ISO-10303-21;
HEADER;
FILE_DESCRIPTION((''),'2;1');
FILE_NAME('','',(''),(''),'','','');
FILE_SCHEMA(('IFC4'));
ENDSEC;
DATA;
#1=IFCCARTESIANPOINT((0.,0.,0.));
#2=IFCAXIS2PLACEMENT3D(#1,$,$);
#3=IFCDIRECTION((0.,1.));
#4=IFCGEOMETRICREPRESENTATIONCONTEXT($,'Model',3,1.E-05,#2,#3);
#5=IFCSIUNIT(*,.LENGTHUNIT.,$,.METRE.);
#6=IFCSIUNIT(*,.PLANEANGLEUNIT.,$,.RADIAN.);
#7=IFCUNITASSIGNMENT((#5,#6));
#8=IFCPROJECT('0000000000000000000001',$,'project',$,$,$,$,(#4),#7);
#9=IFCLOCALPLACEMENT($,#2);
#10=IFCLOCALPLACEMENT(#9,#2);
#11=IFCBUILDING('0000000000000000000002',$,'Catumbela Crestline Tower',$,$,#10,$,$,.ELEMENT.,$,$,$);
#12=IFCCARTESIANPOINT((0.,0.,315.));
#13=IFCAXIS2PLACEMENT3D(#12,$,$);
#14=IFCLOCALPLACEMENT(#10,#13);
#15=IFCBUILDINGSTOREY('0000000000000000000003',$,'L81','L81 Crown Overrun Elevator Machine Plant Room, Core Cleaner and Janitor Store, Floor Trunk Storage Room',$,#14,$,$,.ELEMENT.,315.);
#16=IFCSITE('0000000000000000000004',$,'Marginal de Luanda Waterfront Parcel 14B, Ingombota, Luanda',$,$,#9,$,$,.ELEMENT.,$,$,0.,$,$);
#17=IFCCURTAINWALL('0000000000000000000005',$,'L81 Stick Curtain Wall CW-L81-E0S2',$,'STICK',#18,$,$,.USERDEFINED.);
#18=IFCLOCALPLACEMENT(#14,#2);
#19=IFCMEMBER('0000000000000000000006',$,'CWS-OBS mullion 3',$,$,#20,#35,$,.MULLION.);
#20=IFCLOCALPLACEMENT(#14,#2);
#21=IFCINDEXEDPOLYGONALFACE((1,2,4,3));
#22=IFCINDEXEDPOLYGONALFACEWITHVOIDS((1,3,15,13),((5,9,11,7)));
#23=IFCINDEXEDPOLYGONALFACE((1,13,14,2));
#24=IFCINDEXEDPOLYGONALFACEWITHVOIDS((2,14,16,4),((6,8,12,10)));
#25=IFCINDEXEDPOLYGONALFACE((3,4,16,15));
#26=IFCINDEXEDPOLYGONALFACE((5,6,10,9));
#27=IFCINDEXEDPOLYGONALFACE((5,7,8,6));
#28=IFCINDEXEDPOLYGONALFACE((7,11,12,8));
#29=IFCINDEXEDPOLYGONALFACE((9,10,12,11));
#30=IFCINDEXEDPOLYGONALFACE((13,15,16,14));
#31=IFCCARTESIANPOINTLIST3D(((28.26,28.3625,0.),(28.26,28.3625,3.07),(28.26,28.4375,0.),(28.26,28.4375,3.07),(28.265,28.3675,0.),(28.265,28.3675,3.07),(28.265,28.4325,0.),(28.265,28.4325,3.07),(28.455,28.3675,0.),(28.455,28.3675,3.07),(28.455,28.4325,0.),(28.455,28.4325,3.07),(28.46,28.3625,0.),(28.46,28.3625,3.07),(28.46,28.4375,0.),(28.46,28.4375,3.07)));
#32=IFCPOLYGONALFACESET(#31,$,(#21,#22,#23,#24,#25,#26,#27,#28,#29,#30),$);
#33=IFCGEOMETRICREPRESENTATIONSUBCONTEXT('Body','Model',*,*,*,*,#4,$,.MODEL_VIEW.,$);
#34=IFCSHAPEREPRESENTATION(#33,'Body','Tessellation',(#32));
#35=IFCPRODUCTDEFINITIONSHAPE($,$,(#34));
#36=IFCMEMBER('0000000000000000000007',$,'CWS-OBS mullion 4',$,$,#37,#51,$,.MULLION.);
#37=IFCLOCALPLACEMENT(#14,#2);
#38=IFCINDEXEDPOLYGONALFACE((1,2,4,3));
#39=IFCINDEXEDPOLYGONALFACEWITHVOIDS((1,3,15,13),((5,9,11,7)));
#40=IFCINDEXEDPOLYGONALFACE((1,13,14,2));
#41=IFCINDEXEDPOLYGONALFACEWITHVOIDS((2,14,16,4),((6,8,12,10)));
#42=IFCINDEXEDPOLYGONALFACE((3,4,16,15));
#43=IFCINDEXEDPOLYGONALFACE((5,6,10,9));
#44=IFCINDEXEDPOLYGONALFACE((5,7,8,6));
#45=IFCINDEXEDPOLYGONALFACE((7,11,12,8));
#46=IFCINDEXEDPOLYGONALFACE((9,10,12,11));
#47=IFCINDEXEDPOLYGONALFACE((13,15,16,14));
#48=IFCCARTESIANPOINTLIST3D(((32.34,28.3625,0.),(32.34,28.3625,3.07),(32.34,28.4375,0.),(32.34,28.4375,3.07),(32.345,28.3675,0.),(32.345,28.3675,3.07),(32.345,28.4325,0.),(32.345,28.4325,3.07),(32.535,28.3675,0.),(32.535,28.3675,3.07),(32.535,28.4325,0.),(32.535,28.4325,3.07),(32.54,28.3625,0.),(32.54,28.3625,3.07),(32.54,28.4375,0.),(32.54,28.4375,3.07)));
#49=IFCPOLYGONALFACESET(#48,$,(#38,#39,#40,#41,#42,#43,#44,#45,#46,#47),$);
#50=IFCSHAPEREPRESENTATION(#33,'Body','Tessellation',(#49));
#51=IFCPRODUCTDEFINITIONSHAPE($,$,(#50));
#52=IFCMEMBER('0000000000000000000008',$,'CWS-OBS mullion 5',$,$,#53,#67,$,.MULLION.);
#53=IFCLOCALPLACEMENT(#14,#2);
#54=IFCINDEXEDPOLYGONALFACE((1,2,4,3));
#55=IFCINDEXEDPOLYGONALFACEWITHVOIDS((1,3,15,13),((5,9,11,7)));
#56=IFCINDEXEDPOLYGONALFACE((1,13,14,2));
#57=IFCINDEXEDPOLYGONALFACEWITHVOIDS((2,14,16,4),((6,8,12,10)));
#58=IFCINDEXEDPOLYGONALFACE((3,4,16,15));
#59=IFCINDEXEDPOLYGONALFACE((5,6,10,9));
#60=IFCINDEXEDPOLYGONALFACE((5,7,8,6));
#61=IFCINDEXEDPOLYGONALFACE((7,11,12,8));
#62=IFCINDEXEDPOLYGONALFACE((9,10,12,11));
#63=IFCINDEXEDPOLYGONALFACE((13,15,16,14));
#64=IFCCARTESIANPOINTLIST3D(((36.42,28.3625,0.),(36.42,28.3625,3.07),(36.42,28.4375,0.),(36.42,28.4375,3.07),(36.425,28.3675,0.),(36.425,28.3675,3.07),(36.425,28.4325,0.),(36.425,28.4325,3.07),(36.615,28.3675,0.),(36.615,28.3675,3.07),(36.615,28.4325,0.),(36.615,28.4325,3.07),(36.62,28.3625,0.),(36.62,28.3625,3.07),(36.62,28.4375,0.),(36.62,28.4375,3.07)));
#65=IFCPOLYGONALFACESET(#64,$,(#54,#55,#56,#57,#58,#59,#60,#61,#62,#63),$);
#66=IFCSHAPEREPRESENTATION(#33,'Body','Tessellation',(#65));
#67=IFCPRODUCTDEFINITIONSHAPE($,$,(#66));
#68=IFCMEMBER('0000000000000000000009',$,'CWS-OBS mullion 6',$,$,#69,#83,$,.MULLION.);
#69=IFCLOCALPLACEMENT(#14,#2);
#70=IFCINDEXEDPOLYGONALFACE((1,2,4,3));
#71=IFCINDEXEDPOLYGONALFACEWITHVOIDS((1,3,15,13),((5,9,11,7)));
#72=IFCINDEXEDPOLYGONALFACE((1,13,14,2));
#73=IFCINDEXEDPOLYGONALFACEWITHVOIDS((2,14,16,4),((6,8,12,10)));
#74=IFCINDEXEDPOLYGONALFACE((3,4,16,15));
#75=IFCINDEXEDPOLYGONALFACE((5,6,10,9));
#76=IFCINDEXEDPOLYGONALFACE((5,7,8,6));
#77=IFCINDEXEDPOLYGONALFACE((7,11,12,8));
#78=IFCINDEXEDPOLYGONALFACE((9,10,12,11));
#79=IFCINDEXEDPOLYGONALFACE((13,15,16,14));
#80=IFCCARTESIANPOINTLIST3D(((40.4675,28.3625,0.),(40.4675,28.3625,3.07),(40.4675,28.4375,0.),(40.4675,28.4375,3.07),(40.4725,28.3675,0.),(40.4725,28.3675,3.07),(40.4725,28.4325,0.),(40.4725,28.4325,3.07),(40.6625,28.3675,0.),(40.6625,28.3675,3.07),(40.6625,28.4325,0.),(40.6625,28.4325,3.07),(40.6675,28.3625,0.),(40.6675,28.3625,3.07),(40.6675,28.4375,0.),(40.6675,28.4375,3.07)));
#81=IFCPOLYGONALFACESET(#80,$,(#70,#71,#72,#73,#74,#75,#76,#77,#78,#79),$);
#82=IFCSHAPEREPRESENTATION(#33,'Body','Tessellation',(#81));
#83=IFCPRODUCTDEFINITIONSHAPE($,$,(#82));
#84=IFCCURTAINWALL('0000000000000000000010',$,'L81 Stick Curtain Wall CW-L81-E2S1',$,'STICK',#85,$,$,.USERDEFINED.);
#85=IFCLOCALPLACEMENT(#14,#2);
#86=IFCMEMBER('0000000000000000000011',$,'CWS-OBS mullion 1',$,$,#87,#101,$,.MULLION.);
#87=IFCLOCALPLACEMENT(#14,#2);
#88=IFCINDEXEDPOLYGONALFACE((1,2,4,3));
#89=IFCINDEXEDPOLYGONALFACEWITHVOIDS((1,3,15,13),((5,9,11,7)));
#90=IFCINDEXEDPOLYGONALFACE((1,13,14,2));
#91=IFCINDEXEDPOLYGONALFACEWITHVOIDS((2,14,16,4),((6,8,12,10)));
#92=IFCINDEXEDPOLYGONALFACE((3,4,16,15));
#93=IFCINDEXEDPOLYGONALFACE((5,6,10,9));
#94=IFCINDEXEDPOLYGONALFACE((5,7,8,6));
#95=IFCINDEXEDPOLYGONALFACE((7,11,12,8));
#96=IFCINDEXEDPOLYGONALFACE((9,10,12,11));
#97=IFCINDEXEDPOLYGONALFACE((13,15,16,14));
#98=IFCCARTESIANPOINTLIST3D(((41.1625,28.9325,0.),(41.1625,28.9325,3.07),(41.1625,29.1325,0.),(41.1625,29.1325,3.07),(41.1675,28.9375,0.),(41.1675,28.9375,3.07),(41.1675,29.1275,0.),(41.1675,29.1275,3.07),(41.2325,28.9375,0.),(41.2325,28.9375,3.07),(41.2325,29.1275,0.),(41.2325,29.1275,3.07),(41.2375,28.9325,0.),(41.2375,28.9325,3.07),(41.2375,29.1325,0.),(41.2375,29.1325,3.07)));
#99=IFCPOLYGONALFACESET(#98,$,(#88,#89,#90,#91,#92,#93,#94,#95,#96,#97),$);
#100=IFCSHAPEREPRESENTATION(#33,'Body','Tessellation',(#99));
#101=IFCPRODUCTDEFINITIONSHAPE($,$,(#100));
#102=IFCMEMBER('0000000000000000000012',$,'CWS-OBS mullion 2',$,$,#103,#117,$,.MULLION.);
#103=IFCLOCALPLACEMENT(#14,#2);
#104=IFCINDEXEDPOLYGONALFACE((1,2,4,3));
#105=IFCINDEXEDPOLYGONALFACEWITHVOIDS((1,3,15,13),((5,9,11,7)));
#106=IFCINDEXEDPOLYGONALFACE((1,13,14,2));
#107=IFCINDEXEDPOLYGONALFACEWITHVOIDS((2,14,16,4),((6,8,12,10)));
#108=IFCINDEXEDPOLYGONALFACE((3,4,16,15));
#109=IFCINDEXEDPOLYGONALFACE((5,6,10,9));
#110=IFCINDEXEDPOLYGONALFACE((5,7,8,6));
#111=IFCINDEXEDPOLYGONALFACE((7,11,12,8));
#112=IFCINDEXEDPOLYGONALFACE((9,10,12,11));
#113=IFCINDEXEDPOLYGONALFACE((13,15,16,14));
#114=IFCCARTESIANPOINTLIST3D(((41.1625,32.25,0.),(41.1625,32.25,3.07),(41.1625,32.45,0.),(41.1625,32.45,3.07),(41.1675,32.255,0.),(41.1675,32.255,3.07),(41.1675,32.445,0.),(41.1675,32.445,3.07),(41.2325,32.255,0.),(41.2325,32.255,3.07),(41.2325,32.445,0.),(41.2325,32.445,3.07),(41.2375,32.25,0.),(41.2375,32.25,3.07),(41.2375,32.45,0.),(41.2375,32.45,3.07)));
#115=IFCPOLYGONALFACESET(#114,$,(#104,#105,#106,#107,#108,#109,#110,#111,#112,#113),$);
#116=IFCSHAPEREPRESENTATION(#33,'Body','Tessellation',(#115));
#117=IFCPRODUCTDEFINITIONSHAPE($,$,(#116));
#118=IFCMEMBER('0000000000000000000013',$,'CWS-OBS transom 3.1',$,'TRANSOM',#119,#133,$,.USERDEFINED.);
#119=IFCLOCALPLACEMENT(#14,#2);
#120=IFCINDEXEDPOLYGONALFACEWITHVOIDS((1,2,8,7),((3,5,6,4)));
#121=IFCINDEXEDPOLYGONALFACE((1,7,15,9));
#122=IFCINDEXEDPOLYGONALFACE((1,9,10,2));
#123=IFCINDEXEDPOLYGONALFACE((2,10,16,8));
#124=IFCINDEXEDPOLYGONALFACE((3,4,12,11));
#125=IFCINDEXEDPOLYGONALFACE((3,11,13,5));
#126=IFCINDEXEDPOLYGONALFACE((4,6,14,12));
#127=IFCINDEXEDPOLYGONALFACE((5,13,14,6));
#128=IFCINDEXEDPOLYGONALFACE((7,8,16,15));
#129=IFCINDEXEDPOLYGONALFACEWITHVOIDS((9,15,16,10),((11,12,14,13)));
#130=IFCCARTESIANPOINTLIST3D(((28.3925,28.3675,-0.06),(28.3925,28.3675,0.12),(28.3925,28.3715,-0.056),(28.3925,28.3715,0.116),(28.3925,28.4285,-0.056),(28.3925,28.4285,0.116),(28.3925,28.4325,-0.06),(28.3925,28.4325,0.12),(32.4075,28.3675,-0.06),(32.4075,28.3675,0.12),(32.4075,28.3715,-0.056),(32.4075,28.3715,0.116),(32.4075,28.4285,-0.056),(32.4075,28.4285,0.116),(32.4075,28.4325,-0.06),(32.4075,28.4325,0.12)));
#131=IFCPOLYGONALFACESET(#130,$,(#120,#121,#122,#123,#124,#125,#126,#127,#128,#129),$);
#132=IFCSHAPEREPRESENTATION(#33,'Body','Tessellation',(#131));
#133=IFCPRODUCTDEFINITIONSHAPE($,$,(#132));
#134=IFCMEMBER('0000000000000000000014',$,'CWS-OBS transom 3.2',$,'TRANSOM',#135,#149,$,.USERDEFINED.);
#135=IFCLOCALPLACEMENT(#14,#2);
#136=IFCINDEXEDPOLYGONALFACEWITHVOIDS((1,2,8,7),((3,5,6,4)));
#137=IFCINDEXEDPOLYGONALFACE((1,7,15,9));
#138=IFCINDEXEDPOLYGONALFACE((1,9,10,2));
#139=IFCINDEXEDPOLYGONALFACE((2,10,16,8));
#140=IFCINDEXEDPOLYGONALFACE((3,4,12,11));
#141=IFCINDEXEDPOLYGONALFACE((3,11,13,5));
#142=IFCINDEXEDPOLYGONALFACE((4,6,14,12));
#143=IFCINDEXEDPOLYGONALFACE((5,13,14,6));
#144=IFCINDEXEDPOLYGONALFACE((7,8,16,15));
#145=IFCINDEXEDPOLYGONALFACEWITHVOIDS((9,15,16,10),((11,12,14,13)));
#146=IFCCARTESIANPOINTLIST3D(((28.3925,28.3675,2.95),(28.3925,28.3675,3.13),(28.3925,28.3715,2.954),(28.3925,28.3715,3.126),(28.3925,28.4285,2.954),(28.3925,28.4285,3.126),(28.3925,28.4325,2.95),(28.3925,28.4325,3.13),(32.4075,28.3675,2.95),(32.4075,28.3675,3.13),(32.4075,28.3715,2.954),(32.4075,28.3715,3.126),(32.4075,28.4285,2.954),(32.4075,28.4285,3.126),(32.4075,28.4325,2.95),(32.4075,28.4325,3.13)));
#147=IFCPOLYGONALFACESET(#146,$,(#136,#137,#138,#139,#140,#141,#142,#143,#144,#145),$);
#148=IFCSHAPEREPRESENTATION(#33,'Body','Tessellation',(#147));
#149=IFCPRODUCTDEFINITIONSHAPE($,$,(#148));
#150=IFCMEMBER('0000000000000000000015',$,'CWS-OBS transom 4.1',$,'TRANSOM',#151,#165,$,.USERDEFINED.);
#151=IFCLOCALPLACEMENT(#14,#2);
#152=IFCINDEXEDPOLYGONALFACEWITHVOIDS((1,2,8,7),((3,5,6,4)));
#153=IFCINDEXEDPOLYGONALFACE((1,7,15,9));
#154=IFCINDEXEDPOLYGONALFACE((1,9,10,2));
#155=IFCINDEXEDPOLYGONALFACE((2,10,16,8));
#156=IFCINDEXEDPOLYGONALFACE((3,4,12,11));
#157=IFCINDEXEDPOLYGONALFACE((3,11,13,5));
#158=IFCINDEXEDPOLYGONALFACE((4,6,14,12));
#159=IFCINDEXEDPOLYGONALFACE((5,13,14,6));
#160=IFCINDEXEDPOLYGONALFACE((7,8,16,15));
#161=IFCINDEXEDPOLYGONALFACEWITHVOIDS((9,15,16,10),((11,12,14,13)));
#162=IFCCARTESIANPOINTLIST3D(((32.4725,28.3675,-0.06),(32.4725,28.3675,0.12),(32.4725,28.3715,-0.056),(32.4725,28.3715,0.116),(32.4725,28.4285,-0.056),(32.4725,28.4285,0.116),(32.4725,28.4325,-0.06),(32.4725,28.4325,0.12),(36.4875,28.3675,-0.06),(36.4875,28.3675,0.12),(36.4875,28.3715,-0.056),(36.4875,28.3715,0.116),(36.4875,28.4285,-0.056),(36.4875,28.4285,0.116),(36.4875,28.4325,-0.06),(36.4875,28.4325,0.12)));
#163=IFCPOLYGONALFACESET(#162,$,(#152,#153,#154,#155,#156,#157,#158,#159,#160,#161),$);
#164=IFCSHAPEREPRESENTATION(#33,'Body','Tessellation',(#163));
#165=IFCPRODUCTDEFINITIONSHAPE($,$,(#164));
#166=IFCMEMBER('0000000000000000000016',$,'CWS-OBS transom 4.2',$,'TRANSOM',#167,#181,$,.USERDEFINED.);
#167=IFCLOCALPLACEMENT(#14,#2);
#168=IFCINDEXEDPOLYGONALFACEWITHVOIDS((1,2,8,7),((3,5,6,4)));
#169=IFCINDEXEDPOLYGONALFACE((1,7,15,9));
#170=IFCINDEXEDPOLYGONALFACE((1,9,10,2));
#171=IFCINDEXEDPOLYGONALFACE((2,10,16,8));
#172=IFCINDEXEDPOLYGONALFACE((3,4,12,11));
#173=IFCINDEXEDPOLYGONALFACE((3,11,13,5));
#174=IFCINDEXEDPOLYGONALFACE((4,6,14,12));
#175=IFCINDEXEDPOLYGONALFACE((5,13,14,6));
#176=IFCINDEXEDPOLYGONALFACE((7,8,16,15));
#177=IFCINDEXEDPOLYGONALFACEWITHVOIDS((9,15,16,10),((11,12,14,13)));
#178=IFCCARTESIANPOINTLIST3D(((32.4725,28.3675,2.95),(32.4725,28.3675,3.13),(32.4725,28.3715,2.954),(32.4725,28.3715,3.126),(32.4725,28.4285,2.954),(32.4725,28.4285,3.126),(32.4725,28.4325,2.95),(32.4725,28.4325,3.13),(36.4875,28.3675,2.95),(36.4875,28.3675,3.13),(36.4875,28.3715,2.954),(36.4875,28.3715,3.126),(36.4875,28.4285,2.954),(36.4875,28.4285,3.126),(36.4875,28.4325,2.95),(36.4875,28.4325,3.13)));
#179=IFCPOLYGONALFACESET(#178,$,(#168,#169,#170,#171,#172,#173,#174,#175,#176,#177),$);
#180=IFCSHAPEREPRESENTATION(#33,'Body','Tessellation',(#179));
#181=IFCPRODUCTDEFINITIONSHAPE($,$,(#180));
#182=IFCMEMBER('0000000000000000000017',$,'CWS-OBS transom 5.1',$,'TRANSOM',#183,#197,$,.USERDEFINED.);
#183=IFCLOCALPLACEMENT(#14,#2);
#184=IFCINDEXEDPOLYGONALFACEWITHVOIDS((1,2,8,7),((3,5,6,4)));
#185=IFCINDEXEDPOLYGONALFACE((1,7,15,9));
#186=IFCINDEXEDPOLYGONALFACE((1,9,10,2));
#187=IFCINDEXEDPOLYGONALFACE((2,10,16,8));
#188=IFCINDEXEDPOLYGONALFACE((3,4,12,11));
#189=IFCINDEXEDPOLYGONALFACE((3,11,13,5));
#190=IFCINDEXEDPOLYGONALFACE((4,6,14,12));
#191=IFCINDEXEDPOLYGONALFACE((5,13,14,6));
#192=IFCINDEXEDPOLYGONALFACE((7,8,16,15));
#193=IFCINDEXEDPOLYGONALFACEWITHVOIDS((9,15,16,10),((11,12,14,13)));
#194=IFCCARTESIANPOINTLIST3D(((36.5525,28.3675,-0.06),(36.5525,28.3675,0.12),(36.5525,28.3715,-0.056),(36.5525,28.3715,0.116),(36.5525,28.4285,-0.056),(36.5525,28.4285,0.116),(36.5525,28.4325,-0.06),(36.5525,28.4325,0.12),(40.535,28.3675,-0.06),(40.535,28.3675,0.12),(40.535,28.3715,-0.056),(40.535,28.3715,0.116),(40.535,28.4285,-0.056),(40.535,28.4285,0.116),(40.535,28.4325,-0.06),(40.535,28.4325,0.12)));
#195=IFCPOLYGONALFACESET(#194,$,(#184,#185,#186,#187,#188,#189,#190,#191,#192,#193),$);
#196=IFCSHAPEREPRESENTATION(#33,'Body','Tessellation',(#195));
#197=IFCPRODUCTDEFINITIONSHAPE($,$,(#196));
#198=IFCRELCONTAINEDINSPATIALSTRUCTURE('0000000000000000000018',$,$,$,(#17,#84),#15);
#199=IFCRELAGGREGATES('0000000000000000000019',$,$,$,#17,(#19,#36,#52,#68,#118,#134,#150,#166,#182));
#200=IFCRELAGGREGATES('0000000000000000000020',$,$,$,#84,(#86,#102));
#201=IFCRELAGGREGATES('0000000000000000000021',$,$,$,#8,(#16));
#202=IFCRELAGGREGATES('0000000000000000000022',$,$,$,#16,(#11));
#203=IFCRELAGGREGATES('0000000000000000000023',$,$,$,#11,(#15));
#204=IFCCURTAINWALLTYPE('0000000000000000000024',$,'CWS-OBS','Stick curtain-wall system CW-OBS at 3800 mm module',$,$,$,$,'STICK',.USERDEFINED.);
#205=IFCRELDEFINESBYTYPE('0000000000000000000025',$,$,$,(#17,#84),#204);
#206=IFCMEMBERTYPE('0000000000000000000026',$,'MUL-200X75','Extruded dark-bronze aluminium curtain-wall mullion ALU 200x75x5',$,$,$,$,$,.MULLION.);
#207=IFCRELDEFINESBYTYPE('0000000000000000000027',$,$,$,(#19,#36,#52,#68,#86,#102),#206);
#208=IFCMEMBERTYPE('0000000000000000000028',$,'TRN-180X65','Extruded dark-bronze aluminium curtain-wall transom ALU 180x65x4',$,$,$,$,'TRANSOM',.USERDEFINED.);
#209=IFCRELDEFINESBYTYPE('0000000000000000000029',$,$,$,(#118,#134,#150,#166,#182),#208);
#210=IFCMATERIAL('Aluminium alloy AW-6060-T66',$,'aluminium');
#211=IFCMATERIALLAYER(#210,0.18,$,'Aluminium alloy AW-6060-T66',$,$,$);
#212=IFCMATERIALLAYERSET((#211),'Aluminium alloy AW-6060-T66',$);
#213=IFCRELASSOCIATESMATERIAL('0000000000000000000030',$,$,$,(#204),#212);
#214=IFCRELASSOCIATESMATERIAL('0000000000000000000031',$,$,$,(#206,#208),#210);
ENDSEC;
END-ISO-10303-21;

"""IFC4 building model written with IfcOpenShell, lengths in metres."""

from ifc_helpers import new_model, si_unit, direction, frame, origin, origin_2d, place, context, subcontext, project, spatial, hollow_rectangle, extrude, material, layer, layer_set, material_profile, profile_set, type_object, element, aggregate, save


model = new_model("IFC4")

# Units and contexts
model_context = context("Model", 3, precision=1e-05, world=origin(), true_north=direction((0.0, 1.0)))
body_context = subcontext(model_context, "Body", "Model", "MODEL_VIEW")
ifc_project = project(units=[si_unit("LENGTHUNIT", "METRE"), si_unit("PLANEANGLEUNIT", "RADIAN")], contexts=[model_context])

# Site, building, storey
site_placement = place(None, origin())
site = spatial("IfcSite", under=ifc_project, at=site_placement, Name="Marginal de Luanda Waterfront Parcel 14B, Ingombota, Luanda", CompositionType="ELEMENT", RefElevation=0.0)
building_placement = place(site_placement, origin())
building = spatial("IfcBuilding", under=site, at=building_placement, Name="Catumbela Crestline Tower", CompositionType="ELEMENT")
storey_placement = place(building_placement, frame((0.0, 0.0, 315.0)))
storey = spatial("IfcBuildingStorey", under=building, at=storey_placement, Name="L81", Description="L81 Crown Overrun Elevator Machine Plant Room, Core Cleaner and Janitor Store, Floor Trunk Storage Room", CompositionType="ELEMENT", Elevation=315.0)

# Curtain walls, members
ifc_material_1 = material(Name="Aluminium alloy AW-6060-T66", Category="aluminium")
ifc_layer_1 = layer(ifc_material_1, 0.18, Name="Aluminium alloy AW-6060-T66")
ifc_layer_set_1 = layer_set([ifc_layer_1], Name="Aluminium alloy AW-6060-T66")
curtain_wall_type = type_object("IfcCurtainWallType", Name="CWS-OBS", Description="Stick curtain-wall system CW-OBS at 3800 mm module", ElementType="STICK", PredefinedType="USERDEFINED", material=ifc_layer_set_1)
curtain_wall_1_placement = place(storey_placement, origin())
curtain_wall_1 = element("IfcCurtainWall", 1, at=curtain_wall_1_placement, inside=storey, type_object=curtain_wall_type, Name="L81 Stick Curtain Wall CW-L81-E0S2", ObjectType="STICK", PredefinedType="USERDEFINED")
ifc_material_profile_1 = material_profile(ifc_material_1, hollow_rectangle(XDim=0.075, YDim=0.2, WallThickness=0.005, at=origin_2d()), Name="ALU 200x75x5")
ifc_profile_set_1 = profile_set([ifc_material_profile_1], Name="Aluminium alloy AW-6060-T66")
member_type_1 = type_object("IfcMemberType", Name="MUL-200X75", Description="Extruded dark-bronze aluminium curtain-wall mullion ALU 200x75x5", PredefinedType="MULLION", material=ifc_profile_set_1)
member_1_placement = place(storey_placement, frame((28.36, 28.4, 0.0), z_axis=(0.0, 0.0, 1.0), x_axis=(0.0, 1.0, 0.0)))
member_1 = element("IfcMember", 2, at=member_1_placement, type_object=member_type_1, Name="CWS-OBS mullion 3", PredefinedType="MULLION", context=body_context, shape_type="SweptSolid", body=[
    extrude(hollow_rectangle(XDim=0.075, YDim=0.2, WallThickness=0.005, at=origin_2d()), origin(), (0.0, 0.0, 1.0), 3.07),
])
member_2_placement = place(storey_placement, frame((32.44, 28.4, 0.0), z_axis=(0.0, 0.0, 1.0), x_axis=(0.0, 1.0, 0.0)))
member_2 = element("IfcMember", 3, at=member_2_placement, type_object=member_type_1, Name="CWS-OBS mullion 4", PredefinedType="MULLION", context=body_context, shape_type="SweptSolid", body=[
    extrude(hollow_rectangle(XDim=0.075, YDim=0.2, WallThickness=0.005, at=origin_2d()), origin(), (0.0, 0.0, 1.0), 3.07),
])
member_3_placement = place(storey_placement, frame((36.52, 28.4, 0.0), z_axis=(0.0, 0.0, 1.0), x_axis=(0.0, 1.0, 0.0)))
member_3 = element("IfcMember", 4, at=member_3_placement, type_object=member_type_1, Name="CWS-OBS mullion 5", PredefinedType="MULLION", context=body_context, shape_type="SweptSolid", body=[
    extrude(hollow_rectangle(XDim=0.075, YDim=0.2, WallThickness=0.005, at=origin_2d()), origin(), (0.0, 0.0, 1.0), 3.07),
])
member_4_placement = place(storey_placement, frame((40.5675, 28.4, 0.0), z_axis=(0.0, 0.0, 1.0), x_axis=(0.0, 1.0, 0.0)))
member_4 = element("IfcMember", 5, at=member_4_placement, type_object=member_type_1, Name="CWS-OBS mullion 6", PredefinedType="MULLION", context=body_context, shape_type="SweptSolid", body=[
    extrude(hollow_rectangle(XDim=0.075, YDim=0.2, WallThickness=0.005, at=origin_2d()), origin(), (0.0, 0.0, 1.0), 3.07),
])
curtain_wall_2_placement = place(storey_placement, origin())
curtain_wall_2 = element("IfcCurtainWall", 6, at=curtain_wall_2_placement, inside=storey, type_object=curtain_wall_type, Name="L81 Stick Curtain Wall CW-L81-E2S1", ObjectType="STICK", PredefinedType="USERDEFINED")
member_5_placement = place(storey_placement, frame((41.2, 29.0325, 0.0), z_axis=(0.0, 0.0, 1.0), x_axis=(-1.0, 0.0, 0.0)))
member_5 = element("IfcMember", 7, at=member_5_placement, type_object=member_type_1, Name="CWS-OBS mullion 1", PredefinedType="MULLION", context=body_context, shape_type="SweptSolid", body=[
    extrude(hollow_rectangle(XDim=0.075, YDim=0.2, WallThickness=0.005, at=origin_2d()), origin(), (0.0, 0.0, 1.0), 3.07),
])
member_6_placement = place(storey_placement, frame((41.2, 32.35, 0.0), z_axis=(0.0, 0.0, 1.0), x_axis=(-1.0, 0.0, 0.0)))
member_6 = element("IfcMember", 8, at=member_6_placement, type_object=member_type_1, Name="CWS-OBS mullion 2", PredefinedType="MULLION", context=body_context, shape_type="SweptSolid", body=[
    extrude(hollow_rectangle(XDim=0.075, YDim=0.2, WallThickness=0.005, at=origin_2d()), origin(), (0.0, 0.0, 1.0), 3.07),
])

# Members
ifc_material_profile_2 = material_profile(ifc_material_1, hollow_rectangle(XDim=0.065, YDim=0.18, WallThickness=0.004, at=origin_2d()), Name="ALU 180x65x4")
ifc_profile_set_2 = profile_set([ifc_material_profile_2], Name="Aluminium alloy AW-6060-T66")
member_type_2 = type_object("IfcMemberType", Name="TRN-180X65", Description="Extruded dark-bronze aluminium curtain-wall transom ALU 180x65x4", ElementType="TRANSOM", PredefinedType="USERDEFINED", material=ifc_profile_set_2)
member_7_placement = place(storey_placement, frame((28.3925, 28.4, 0.03), z_axis=(1.0, 0.0, 0.0), x_axis=(0.0, 1.0, 0.0)))
member_7 = element("IfcMember", 9, at=member_7_placement, type_object=member_type_2, Name="CWS-OBS transom 3.1", ObjectType="TRANSOM", PredefinedType="USERDEFINED", context=body_context, shape_type="SweptSolid", body=[
    extrude(hollow_rectangle(XDim=0.065, YDim=0.18, WallThickness=0.004, at=origin_2d()), origin(), (0.0, 0.0, 1.0), 4.015),
])
member_8_placement = place(storey_placement, frame((28.3925, 28.4, 3.04), z_axis=(1.0, 0.0, 0.0), x_axis=(0.0, 1.0, 0.0)))
member_8 = element("IfcMember", 10, at=member_8_placement, type_object=member_type_2, Name="CWS-OBS transom 3.2", ObjectType="TRANSOM", PredefinedType="USERDEFINED", context=body_context, shape_type="SweptSolid", body=[
    extrude(hollow_rectangle(XDim=0.065, YDim=0.18, WallThickness=0.004, at=origin_2d()), origin(), (0.0, 0.0, 1.0), 4.015),
])
member_9_placement = place(storey_placement, frame((32.4725, 28.4, 0.03), z_axis=(1.0, 0.0, 0.0), x_axis=(0.0, 1.0, 0.0)))
member_9 = element("IfcMember", 11, at=member_9_placement, type_object=member_type_2, Name="CWS-OBS transom 4.1", ObjectType="TRANSOM", PredefinedType="USERDEFINED", context=body_context, shape_type="SweptSolid", body=[
    extrude(hollow_rectangle(XDim=0.065, YDim=0.18, WallThickness=0.004, at=origin_2d()), origin(), (0.0, 0.0, 1.0), 4.015),
])
member_10_placement = place(storey_placement, frame((32.4725, 28.4, 3.04), z_axis=(1.0, 0.0, 0.0), x_axis=(0.0, 1.0, 0.0)))
member_10 = element("IfcMember", 12, at=member_10_placement, type_object=member_type_2, Name="CWS-OBS transom 4.2", ObjectType="TRANSOM", PredefinedType="USERDEFINED", context=body_context, shape_type="SweptSolid", body=[
    extrude(hollow_rectangle(XDim=0.065, YDim=0.18, WallThickness=0.004, at=origin_2d()), origin(), (0.0, 0.0, 1.0), 4.015),
])
member_11_placement = place(storey_placement, frame((36.5525, 28.4, 0.03), z_axis=(1.0, 0.0, 0.0), x_axis=(0.0, 1.0, 0.0)))
member_11 = element("IfcMember", 13, at=member_11_placement, type_object=member_type_2, Name="CWS-OBS transom 5.1", ObjectType="TRANSOM", PredefinedType="USERDEFINED", context=body_context, shape_type="SweptSolid", body=[
    extrude(hollow_rectangle(XDim=0.065, YDim=0.18, WallThickness=0.004, at=origin_2d()), origin(), (0.0, 0.0, 1.0), 3.9825),
])

aggregate(curtain_wall_1, [member_1, member_2, member_3, member_4, member_7, member_8, member_9, member_10, member_11])
aggregate(curtain_wall_2, [member_5, member_6])

save(model, "model.ifc")
